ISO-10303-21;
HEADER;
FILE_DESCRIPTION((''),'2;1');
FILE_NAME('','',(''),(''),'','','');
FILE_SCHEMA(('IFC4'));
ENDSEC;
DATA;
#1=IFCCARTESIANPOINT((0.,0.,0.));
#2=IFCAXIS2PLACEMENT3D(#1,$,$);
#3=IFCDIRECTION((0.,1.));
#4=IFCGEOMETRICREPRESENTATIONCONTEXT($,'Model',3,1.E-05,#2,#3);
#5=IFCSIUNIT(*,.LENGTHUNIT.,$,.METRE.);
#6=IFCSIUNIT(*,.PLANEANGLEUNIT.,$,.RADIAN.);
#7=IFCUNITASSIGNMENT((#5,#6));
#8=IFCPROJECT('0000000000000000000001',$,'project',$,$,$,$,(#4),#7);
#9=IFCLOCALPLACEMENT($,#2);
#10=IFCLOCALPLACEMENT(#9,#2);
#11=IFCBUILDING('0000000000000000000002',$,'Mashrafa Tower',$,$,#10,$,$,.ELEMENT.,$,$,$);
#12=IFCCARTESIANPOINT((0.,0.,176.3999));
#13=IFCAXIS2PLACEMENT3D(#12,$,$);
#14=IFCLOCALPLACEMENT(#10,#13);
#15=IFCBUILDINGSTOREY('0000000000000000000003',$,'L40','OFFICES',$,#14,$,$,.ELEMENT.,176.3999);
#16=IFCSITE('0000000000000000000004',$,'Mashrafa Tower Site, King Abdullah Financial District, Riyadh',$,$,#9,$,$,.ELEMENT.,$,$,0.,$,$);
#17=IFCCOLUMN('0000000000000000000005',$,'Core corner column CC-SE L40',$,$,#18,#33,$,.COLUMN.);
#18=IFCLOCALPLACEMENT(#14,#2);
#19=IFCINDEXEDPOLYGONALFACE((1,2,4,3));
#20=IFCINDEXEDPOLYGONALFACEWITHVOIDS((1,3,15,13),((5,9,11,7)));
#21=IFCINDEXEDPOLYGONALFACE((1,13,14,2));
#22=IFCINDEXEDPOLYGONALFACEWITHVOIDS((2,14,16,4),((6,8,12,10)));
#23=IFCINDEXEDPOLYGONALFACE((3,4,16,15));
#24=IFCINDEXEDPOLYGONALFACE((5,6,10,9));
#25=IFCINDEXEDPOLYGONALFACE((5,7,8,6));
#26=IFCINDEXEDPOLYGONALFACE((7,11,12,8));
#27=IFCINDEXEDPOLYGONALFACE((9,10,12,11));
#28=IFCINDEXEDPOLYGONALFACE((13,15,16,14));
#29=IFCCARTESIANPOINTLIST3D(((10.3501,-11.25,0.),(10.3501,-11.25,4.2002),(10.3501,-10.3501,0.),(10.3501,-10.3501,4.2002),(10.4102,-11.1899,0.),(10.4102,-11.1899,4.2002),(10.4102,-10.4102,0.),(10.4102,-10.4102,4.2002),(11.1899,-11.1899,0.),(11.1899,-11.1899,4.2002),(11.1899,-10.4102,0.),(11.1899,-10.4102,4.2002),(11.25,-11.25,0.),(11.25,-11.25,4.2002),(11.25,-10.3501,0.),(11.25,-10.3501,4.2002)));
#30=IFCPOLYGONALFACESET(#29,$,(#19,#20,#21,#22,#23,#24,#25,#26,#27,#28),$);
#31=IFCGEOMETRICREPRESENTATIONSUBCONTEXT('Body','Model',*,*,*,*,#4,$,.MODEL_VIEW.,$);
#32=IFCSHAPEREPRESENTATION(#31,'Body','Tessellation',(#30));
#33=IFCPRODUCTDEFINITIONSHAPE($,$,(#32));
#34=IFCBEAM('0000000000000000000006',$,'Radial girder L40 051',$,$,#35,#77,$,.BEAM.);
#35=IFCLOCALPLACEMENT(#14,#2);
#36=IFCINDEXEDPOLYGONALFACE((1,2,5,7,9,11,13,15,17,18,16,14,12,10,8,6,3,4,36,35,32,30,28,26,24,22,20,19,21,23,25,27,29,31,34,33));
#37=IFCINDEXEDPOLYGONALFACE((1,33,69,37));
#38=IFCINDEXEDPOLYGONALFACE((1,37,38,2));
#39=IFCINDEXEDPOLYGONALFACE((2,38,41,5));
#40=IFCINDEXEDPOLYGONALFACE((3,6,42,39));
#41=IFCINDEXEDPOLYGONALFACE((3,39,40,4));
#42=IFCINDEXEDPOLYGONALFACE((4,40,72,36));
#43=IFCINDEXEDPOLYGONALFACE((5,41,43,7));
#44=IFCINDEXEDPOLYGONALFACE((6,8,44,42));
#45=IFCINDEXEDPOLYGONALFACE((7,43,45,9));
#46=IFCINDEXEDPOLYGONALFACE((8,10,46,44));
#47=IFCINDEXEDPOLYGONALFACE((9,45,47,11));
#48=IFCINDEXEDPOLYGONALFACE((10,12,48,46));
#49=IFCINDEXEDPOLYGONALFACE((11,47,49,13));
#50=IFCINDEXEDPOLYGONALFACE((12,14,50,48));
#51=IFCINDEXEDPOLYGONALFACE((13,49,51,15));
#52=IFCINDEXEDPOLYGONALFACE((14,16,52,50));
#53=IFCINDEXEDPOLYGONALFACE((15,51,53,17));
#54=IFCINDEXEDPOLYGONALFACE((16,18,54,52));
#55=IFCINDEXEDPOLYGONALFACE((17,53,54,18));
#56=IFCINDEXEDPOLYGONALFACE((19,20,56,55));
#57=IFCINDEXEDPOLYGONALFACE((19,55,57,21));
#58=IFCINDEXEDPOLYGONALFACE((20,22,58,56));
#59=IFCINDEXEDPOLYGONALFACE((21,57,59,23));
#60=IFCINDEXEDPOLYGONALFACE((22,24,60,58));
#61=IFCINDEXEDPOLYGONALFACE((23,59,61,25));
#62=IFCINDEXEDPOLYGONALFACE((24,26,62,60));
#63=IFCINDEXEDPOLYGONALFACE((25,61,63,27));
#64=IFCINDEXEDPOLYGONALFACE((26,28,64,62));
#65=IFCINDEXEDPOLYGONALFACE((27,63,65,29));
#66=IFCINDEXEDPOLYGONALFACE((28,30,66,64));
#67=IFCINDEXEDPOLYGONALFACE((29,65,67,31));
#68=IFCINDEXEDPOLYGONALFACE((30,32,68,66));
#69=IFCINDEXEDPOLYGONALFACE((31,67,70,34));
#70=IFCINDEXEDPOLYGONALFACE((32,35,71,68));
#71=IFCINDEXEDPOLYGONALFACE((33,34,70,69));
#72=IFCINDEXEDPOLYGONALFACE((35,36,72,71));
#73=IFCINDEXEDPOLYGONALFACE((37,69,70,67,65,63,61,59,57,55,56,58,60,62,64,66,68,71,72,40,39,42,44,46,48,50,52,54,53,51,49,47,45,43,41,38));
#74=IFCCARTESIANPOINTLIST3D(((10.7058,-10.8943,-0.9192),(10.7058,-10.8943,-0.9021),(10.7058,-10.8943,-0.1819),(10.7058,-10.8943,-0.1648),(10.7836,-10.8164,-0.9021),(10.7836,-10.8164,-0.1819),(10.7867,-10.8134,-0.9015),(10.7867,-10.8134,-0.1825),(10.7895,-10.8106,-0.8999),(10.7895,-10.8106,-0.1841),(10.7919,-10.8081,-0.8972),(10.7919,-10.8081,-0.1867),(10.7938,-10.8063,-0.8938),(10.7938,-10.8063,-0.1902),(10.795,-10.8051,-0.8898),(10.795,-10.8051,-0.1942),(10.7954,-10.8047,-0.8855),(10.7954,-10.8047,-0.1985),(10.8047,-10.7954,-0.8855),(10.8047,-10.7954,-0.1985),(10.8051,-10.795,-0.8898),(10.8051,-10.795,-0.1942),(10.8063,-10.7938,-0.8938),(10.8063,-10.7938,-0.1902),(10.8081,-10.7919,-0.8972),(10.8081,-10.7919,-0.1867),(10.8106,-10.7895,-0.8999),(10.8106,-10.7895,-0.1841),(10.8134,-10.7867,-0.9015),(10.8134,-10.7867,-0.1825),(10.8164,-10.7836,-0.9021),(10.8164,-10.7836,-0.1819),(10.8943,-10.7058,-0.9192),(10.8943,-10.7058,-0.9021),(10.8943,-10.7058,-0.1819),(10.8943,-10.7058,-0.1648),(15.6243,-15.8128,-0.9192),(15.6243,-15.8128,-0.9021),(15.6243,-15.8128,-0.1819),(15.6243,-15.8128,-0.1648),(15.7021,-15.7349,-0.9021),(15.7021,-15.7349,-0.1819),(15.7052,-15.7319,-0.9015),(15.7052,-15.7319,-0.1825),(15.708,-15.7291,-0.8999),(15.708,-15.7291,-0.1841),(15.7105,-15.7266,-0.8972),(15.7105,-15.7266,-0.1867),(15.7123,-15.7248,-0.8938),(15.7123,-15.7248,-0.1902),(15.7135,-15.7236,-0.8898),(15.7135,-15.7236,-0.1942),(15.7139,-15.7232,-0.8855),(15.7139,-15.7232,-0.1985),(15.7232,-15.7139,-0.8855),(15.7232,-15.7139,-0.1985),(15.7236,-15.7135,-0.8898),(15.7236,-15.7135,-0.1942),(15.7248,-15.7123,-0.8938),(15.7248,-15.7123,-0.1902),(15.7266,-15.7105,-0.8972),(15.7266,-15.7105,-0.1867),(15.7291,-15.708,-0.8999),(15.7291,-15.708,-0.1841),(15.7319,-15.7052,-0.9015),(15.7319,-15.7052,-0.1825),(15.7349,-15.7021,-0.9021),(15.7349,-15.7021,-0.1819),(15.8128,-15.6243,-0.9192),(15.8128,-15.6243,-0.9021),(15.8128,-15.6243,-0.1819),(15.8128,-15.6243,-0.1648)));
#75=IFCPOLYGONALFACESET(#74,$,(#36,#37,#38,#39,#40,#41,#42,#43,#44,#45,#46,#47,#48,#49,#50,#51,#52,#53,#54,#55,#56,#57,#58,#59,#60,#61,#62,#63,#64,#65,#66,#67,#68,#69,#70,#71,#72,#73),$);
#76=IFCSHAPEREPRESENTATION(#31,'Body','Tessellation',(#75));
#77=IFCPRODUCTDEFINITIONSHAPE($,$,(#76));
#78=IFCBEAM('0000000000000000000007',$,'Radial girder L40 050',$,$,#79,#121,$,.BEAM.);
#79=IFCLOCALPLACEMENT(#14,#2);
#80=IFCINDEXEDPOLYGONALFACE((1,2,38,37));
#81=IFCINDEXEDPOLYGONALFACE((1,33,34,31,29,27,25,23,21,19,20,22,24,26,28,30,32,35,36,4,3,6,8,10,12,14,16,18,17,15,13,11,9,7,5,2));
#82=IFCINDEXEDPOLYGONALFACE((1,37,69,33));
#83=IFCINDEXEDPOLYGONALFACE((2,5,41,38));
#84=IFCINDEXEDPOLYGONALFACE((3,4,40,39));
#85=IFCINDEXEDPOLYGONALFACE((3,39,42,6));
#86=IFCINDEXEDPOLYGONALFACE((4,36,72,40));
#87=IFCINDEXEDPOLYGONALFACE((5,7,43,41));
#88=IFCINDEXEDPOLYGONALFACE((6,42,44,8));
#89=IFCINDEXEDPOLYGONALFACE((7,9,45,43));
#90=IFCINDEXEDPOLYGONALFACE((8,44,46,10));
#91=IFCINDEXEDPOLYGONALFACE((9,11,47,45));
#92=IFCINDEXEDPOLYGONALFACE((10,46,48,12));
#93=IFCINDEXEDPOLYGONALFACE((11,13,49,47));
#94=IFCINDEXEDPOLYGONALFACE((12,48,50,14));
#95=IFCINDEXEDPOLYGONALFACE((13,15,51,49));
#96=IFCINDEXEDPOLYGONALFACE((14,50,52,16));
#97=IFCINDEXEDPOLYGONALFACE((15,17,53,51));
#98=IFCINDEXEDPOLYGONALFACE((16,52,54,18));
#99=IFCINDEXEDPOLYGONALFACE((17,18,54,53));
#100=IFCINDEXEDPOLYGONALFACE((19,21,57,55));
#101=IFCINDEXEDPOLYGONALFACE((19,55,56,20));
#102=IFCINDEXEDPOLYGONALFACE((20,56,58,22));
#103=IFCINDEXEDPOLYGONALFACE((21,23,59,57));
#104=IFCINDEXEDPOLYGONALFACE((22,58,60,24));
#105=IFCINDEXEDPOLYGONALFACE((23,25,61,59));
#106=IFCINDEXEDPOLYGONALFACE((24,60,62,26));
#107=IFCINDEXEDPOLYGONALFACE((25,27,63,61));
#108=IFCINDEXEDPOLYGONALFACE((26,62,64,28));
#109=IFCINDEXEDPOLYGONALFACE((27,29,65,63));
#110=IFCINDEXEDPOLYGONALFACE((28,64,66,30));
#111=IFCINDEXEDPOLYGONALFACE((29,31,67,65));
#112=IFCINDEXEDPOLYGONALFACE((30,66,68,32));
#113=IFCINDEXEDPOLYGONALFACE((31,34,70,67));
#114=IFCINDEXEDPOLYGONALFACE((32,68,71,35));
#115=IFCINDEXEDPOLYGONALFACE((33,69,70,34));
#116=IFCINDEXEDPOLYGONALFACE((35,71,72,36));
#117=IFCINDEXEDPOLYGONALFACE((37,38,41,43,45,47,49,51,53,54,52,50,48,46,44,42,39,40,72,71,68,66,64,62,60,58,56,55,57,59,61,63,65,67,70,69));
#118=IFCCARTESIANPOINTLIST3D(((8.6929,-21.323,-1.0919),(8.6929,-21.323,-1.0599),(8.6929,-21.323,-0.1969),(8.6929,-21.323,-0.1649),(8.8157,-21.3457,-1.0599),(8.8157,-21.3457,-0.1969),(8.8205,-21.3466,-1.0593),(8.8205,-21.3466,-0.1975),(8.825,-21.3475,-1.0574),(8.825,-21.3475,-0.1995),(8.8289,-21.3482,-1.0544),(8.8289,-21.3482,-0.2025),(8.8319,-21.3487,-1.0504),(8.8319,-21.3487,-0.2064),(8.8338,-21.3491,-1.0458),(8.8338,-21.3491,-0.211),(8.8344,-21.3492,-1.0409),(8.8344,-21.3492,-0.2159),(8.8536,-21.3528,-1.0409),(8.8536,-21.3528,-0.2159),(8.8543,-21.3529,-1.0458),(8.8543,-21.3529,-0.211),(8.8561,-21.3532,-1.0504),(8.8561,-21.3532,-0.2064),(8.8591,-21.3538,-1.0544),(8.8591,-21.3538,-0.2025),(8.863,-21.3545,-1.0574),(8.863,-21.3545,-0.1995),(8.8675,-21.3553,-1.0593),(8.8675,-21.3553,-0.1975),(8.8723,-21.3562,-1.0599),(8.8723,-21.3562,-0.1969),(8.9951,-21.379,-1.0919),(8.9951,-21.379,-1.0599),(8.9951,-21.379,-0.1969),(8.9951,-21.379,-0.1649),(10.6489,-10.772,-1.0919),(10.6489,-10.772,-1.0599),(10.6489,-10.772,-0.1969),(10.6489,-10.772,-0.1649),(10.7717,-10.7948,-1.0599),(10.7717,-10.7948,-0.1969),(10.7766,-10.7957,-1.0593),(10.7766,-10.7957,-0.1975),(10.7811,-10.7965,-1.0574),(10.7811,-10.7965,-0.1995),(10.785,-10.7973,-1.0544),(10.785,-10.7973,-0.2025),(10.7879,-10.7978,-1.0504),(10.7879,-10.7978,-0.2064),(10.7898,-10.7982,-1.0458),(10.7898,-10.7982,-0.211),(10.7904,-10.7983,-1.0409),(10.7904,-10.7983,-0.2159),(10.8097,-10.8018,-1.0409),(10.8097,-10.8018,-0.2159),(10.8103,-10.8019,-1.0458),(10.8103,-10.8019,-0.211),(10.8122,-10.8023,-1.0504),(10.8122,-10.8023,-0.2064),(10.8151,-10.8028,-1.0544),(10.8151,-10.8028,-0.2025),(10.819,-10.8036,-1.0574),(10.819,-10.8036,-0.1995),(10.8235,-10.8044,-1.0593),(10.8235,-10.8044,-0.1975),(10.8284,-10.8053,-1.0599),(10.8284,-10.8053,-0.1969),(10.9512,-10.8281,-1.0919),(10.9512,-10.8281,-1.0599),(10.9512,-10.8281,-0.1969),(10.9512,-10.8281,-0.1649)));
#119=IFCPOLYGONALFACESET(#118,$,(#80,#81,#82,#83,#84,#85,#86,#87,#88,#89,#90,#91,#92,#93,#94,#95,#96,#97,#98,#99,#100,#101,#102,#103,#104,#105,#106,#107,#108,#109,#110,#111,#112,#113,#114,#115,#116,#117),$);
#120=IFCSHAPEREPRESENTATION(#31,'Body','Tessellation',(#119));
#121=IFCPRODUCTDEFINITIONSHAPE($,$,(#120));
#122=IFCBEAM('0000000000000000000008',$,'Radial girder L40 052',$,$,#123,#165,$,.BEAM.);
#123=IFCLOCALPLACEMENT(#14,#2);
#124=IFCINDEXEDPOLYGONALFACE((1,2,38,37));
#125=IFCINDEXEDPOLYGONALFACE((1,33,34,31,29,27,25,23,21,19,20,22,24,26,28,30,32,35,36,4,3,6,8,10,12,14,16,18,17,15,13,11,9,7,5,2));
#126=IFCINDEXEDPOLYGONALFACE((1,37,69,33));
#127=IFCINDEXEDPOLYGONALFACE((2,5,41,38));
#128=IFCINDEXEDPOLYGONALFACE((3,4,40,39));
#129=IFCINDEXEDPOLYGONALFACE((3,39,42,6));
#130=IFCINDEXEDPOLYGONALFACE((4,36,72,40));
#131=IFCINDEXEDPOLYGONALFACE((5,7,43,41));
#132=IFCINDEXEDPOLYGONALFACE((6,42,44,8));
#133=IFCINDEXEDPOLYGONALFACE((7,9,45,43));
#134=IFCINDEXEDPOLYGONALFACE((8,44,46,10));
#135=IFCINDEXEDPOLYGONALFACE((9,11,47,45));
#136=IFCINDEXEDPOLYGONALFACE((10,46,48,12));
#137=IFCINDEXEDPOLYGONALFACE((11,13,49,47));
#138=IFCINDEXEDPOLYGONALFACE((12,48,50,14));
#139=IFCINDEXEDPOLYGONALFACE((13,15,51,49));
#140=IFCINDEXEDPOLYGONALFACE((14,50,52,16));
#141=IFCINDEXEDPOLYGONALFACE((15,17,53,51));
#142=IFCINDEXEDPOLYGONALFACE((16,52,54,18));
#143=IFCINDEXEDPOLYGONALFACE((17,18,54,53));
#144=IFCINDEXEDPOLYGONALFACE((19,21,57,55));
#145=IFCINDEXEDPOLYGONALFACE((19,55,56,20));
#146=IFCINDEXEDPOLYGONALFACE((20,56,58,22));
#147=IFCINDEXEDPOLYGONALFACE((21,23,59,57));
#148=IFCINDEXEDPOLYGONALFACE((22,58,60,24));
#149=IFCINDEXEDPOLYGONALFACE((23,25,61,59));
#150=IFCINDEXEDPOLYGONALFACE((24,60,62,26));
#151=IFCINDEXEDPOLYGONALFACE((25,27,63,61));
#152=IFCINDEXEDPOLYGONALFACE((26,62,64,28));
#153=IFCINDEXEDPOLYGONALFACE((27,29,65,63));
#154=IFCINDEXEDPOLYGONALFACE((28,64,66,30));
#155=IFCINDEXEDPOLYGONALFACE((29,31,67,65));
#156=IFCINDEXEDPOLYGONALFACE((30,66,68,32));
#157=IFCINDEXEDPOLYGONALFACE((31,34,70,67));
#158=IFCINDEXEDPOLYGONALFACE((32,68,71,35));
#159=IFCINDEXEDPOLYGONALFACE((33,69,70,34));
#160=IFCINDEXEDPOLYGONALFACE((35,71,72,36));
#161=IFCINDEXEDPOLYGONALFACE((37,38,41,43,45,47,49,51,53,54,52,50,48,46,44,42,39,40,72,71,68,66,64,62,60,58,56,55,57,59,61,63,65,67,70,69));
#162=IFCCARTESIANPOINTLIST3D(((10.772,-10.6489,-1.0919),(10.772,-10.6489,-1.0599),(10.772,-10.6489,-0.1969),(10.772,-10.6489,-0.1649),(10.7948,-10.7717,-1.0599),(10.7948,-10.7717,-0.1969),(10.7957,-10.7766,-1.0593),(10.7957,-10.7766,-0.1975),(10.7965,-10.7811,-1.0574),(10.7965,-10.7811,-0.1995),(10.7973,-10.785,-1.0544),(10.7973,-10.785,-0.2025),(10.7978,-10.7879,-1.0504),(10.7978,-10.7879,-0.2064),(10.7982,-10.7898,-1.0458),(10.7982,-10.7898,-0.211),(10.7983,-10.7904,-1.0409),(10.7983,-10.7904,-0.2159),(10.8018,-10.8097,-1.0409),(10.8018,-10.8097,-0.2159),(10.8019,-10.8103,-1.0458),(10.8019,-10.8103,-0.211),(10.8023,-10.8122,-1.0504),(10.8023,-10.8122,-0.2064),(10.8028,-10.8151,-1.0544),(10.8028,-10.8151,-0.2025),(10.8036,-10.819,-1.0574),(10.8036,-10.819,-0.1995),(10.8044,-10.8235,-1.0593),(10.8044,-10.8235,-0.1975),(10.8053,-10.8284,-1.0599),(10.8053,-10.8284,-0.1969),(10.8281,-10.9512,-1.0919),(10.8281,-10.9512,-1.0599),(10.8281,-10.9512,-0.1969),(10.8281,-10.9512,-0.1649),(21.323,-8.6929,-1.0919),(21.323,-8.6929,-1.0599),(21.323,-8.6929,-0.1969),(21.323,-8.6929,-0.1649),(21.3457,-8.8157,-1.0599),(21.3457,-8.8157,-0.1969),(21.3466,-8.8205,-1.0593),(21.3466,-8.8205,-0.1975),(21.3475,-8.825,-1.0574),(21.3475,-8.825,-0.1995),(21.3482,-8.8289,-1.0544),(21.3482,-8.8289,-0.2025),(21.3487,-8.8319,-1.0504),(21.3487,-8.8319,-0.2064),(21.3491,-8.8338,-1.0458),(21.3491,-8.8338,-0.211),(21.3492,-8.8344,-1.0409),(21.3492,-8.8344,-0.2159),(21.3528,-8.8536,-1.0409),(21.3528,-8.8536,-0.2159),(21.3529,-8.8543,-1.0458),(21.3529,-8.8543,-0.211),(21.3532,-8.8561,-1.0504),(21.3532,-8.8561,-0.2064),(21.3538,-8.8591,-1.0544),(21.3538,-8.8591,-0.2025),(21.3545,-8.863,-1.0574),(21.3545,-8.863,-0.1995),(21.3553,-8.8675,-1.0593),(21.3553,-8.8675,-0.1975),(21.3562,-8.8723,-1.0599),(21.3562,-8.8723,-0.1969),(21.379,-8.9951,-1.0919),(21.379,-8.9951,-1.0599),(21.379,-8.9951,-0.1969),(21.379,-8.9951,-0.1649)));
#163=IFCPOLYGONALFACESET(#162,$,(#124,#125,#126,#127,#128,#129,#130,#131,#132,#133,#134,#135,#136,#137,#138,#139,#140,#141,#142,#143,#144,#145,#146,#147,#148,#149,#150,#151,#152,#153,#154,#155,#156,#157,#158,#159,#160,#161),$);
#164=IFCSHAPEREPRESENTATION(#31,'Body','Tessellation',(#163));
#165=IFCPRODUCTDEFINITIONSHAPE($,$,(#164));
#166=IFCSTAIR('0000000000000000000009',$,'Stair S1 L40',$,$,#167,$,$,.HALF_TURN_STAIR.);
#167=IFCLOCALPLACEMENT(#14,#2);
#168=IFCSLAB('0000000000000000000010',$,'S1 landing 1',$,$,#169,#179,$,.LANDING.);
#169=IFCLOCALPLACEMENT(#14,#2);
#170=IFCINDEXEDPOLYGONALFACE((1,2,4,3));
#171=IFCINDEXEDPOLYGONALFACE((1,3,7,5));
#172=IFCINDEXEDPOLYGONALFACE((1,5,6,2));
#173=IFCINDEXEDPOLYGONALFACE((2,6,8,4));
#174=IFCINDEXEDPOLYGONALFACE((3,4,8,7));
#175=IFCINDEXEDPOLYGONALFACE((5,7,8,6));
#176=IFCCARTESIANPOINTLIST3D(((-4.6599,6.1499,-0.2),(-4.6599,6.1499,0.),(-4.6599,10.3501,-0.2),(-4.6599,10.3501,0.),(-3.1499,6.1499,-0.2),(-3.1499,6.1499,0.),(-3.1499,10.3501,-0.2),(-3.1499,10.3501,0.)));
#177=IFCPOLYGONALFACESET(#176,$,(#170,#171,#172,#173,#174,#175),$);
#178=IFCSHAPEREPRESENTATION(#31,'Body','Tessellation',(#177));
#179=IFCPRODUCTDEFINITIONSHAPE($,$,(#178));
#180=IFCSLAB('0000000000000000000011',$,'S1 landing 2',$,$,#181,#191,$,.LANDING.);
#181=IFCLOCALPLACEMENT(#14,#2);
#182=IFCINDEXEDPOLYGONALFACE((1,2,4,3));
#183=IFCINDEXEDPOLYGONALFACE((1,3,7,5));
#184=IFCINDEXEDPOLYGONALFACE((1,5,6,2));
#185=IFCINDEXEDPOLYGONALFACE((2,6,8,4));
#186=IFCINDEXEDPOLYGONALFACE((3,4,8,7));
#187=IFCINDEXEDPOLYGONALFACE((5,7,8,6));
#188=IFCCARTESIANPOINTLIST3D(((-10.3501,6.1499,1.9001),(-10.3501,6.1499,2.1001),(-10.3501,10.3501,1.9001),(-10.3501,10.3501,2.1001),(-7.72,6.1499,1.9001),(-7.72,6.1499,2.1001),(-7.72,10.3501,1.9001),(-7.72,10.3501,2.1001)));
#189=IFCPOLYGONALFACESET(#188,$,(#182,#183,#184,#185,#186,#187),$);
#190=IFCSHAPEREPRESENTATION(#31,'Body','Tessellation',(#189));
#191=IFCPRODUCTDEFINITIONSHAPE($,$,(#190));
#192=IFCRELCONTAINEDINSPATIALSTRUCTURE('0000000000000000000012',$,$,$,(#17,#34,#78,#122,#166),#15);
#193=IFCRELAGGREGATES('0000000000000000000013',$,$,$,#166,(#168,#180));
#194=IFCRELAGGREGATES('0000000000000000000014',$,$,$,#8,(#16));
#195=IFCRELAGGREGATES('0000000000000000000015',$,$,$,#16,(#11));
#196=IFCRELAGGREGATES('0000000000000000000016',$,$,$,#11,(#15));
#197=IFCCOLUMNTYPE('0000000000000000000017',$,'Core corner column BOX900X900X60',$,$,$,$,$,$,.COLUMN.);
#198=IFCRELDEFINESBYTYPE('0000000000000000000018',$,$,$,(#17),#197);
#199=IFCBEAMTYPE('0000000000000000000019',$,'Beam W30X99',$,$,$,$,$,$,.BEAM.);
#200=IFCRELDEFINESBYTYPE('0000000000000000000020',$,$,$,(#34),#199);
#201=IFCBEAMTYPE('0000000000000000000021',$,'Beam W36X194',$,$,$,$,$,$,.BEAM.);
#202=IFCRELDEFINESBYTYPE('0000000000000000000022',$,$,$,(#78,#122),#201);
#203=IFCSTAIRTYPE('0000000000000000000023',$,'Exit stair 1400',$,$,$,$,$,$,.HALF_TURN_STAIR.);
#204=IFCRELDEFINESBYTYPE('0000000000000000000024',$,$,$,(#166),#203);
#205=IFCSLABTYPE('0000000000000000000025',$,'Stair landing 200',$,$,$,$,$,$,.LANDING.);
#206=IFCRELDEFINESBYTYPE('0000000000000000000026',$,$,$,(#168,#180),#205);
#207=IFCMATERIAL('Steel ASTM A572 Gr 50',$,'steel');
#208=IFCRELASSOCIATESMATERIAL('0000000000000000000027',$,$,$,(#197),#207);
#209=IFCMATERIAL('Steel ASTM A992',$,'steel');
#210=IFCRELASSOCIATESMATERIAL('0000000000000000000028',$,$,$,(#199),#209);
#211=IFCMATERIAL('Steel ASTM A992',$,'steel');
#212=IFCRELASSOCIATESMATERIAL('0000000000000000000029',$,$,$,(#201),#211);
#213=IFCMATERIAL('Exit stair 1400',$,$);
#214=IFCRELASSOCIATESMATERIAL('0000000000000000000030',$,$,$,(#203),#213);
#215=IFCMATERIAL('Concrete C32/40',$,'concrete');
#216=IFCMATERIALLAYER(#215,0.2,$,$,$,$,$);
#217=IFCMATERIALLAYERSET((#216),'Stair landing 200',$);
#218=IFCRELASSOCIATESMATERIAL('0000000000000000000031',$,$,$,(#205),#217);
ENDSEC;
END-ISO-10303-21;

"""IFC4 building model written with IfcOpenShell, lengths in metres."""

from ifc_helpers import new_model, si_unit, direction, frame, origin, origin_2d, place, context, subcontext, project, spatial, polyline, hollow_rectangle, i_section, outline, extrude, material, layer, layer_set, material_profile, profile_set, type_object, element, aggregate, save


model = new_model("IFC4")

# Units and contexts
model_context = context("Model", 3, precision=1e-05, world=origin(), true_north=direction((0.0, 1.0)))
body_context = subcontext(model_context, "Body", "Model", "MODEL_VIEW")
ifc_project = project(units=[si_unit("LENGTHUNIT", "METRE"), si_unit("PLANEANGLEUNIT", "RADIAN")], contexts=[model_context])

# Site, building, storey
site_placement = place(None, origin())
site = spatial("IfcSite", under=ifc_project, at=site_placement, Name="Mashrafa Tower Site, King Abdullah Financial District, Riyadh", CompositionType="ELEMENT", RefElevation=0.0)
building_placement = place(site_placement, origin())
building = spatial("IfcBuilding", under=site, at=building_placement, Name="Mashrafa Tower", CompositionType="ELEMENT")
storey_placement = place(building_placement, frame((0.0, 0.0, 176.3999)))
storey = spatial("IfcBuildingStorey", under=building, at=storey_placement, Name="L40", Description="OFFICES", CompositionType="ELEMENT", Elevation=176.3999)

# Column
ifc_material_1 = material(Name="Steel ASTM A572 Gr 50", Category="steel")
ifc_material_profile_1 = material_profile(ifc_material_1, hollow_rectangle(XDim=0.8999, YDim=0.8999, WallThickness=0.0601, at=origin_2d()), Name="BOX900X900X60")
ifc_profile_set_1 = profile_set([ifc_material_profile_1], Name="Steel ASTM A572 Gr 50")
column_type = type_object("IfcColumnType", Name="Core corner column BOX900X900X60", PredefinedType="COLUMN", material=ifc_profile_set_1)
column_placement = place(storey_placement, frame((10.8, -10.8, 0.0), z_axis=(0.0, 0.0, 1.0), x_axis=(1.0, 0.0, 0.0)))
element("IfcColumn", 1, at=column_placement, inside=storey, type_object=column_type, Name="Core corner column CC-SE L40", PredefinedType="COLUMN", context=body_context, shape_type="SweptSolid", body=[
    extrude(hollow_rectangle(XDim=0.8999, YDim=0.8999, WallThickness=0.0601, at=origin_2d()), origin(), (0.0, 0.0, 1.0), 4.2002),
])

# Beams
ifc_material_2 = material(Name="Steel ASTM A992", Category="steel")
ifc_material_profile_2 = material_profile(ifc_material_2, i_section(OverallWidth=0.2666, OverallDepth=0.7544, WebThickness=0.0132, FlangeThickness=0.0171, FilletRadius=0.0166, at=origin_2d()), Name="W30X99")
ifc_profile_set_2 = profile_set([ifc_material_profile_2], Name="Steel ASTM A992")
beam_type_1 = type_object("IfcBeamType", Name="Beam W30X99", PredefinedType="BEAM", material=ifc_profile_set_2)
beam_placement = place(storey_placement, frame((10.8, -10.8, -0.542), z_axis=(0.707107, -0.707107, 0.0), x_axis=(0.707107, 0.707107, 0.0)))
element("IfcBeam", 2, at=beam_placement, inside=storey, type_object=beam_type_1, Name="Radial girder L40 051", PredefinedType="BEAM", context=body_context, shape_type="SweptSolid", body=[
    extrude(i_section(OverallWidth=0.2666, OverallDepth=0.7544, WebThickness=0.0132, FlangeThickness=0.0171, FilletRadius=0.0166, at=origin_2d()), origin(), (0.0, 0.0, 1.0), 6.9558),
])
ifc_material_3 = material(Name="Steel ASTM A992", Category="steel")
ifc_material_profile_3 = material_profile(ifc_material_3, i_section(OverallWidth=0.3074, OverallDepth=0.927, WebThickness=0.0195, FlangeThickness=0.032, FilletRadius=0.019, at=origin_2d()), Name="W36X194")
ifc_profile_set_3 = profile_set([ifc_material_profile_3], Name="Steel ASTM A992")
beam_type_2 = type_object("IfcBeamType", Name="Beam W36X194", PredefinedType="BEAM", material=ifc_profile_set_3)
for number, where, z_axis, x_axis, name in (
    (3, (10.8, -10.8, -0.6284), (-0.182284, -0.983246, 0.0), (0.983246, -0.182284, 0.0), "Radial girder L40 050"),
    (4, (10.8, -10.8, -0.6284), (0.983246, 0.182284, 0.0), (-0.182284, 0.983246, 0.0), "Radial girder L40 052"),
):
    element("IfcBeam", number, at=place(storey_placement, frame(where, z_axis=z_axis, x_axis=x_axis)), inside=storey, type_object=beam_type_2, Name=name, PredefinedType="BEAM", context=body_context, shape_type="SweptSolid", body=[
        extrude(i_section(OverallWidth=0.3074, OverallDepth=0.927, WebThickness=0.0195, FlangeThickness=0.032, FilletRadius=0.019, at=origin_2d()), origin(), (0.0, 0.0, 1.0), 10.7307),
    ])

# Stair, slabs
ifc_material_4 = material(Name="Exit stair 1400")
stair_type = type_object("IfcStairType", Name="Exit stair 1400", PredefinedType="HALF_TURN_STAIR", material=ifc_material_4)
stair_1_placement = place(storey_placement, origin())
stair_1 = element("IfcStair", 5, at=stair_1_placement, inside=storey, type_object=stair_type, Name="Stair S1 L40", PredefinedType="HALF_TURN_STAIR")
ifc_material_5 = material(Name="Concrete C32/40", Category="concrete")
ifc_layer_1 = layer(ifc_material_5, 0.2)
ifc_layer_set_1 = layer_set([ifc_layer_1], Name="Stair landing 200")
slab_type = type_object("IfcSlabType", Name="Stair landing 200", PredefinedType="LANDING", material=ifc_layer_set_1)
slab_1_placement = place(storey_placement, frame((0.0, 0.0, -0.2)))
slab_1 = element("IfcSlab", 6, at=slab_1_placement, type_object=slab_type, Name="S1 landing 1", PredefinedType="LANDING", context=body_context, shape_type="SweptSolid", body=[
    extrude(outline(polyline([(-4.6599, 6.1499), (-3.1499, 6.1499), (-3.1499, 10.3501), (-4.6599, 10.3501), (-4.6599, 6.1499)])), origin(), (0.0, 0.0, 1.0), 0.2),
])
slab_2_placement = place(storey_placement, frame((0.0, 0.0, 1.9001)))
slab_2 = element("IfcSlab", 7, at=slab_2_placement, type_object=slab_type, Name="S1 landing 2", PredefinedType="LANDING", context=body_context, shape_type="SweptSolid", body=[
    extrude(outline(polyline([(-10.3501, 6.1499), (-7.72, 6.1499), (-7.72, 10.3501), (-10.3501, 10.3501), (-10.3501, 6.1499)])), origin(), (0.0, 0.0, 1.0), 0.2),
])
aggregate(stair_1, [slab_1, slab_2])

save(model, "model.ifc")
